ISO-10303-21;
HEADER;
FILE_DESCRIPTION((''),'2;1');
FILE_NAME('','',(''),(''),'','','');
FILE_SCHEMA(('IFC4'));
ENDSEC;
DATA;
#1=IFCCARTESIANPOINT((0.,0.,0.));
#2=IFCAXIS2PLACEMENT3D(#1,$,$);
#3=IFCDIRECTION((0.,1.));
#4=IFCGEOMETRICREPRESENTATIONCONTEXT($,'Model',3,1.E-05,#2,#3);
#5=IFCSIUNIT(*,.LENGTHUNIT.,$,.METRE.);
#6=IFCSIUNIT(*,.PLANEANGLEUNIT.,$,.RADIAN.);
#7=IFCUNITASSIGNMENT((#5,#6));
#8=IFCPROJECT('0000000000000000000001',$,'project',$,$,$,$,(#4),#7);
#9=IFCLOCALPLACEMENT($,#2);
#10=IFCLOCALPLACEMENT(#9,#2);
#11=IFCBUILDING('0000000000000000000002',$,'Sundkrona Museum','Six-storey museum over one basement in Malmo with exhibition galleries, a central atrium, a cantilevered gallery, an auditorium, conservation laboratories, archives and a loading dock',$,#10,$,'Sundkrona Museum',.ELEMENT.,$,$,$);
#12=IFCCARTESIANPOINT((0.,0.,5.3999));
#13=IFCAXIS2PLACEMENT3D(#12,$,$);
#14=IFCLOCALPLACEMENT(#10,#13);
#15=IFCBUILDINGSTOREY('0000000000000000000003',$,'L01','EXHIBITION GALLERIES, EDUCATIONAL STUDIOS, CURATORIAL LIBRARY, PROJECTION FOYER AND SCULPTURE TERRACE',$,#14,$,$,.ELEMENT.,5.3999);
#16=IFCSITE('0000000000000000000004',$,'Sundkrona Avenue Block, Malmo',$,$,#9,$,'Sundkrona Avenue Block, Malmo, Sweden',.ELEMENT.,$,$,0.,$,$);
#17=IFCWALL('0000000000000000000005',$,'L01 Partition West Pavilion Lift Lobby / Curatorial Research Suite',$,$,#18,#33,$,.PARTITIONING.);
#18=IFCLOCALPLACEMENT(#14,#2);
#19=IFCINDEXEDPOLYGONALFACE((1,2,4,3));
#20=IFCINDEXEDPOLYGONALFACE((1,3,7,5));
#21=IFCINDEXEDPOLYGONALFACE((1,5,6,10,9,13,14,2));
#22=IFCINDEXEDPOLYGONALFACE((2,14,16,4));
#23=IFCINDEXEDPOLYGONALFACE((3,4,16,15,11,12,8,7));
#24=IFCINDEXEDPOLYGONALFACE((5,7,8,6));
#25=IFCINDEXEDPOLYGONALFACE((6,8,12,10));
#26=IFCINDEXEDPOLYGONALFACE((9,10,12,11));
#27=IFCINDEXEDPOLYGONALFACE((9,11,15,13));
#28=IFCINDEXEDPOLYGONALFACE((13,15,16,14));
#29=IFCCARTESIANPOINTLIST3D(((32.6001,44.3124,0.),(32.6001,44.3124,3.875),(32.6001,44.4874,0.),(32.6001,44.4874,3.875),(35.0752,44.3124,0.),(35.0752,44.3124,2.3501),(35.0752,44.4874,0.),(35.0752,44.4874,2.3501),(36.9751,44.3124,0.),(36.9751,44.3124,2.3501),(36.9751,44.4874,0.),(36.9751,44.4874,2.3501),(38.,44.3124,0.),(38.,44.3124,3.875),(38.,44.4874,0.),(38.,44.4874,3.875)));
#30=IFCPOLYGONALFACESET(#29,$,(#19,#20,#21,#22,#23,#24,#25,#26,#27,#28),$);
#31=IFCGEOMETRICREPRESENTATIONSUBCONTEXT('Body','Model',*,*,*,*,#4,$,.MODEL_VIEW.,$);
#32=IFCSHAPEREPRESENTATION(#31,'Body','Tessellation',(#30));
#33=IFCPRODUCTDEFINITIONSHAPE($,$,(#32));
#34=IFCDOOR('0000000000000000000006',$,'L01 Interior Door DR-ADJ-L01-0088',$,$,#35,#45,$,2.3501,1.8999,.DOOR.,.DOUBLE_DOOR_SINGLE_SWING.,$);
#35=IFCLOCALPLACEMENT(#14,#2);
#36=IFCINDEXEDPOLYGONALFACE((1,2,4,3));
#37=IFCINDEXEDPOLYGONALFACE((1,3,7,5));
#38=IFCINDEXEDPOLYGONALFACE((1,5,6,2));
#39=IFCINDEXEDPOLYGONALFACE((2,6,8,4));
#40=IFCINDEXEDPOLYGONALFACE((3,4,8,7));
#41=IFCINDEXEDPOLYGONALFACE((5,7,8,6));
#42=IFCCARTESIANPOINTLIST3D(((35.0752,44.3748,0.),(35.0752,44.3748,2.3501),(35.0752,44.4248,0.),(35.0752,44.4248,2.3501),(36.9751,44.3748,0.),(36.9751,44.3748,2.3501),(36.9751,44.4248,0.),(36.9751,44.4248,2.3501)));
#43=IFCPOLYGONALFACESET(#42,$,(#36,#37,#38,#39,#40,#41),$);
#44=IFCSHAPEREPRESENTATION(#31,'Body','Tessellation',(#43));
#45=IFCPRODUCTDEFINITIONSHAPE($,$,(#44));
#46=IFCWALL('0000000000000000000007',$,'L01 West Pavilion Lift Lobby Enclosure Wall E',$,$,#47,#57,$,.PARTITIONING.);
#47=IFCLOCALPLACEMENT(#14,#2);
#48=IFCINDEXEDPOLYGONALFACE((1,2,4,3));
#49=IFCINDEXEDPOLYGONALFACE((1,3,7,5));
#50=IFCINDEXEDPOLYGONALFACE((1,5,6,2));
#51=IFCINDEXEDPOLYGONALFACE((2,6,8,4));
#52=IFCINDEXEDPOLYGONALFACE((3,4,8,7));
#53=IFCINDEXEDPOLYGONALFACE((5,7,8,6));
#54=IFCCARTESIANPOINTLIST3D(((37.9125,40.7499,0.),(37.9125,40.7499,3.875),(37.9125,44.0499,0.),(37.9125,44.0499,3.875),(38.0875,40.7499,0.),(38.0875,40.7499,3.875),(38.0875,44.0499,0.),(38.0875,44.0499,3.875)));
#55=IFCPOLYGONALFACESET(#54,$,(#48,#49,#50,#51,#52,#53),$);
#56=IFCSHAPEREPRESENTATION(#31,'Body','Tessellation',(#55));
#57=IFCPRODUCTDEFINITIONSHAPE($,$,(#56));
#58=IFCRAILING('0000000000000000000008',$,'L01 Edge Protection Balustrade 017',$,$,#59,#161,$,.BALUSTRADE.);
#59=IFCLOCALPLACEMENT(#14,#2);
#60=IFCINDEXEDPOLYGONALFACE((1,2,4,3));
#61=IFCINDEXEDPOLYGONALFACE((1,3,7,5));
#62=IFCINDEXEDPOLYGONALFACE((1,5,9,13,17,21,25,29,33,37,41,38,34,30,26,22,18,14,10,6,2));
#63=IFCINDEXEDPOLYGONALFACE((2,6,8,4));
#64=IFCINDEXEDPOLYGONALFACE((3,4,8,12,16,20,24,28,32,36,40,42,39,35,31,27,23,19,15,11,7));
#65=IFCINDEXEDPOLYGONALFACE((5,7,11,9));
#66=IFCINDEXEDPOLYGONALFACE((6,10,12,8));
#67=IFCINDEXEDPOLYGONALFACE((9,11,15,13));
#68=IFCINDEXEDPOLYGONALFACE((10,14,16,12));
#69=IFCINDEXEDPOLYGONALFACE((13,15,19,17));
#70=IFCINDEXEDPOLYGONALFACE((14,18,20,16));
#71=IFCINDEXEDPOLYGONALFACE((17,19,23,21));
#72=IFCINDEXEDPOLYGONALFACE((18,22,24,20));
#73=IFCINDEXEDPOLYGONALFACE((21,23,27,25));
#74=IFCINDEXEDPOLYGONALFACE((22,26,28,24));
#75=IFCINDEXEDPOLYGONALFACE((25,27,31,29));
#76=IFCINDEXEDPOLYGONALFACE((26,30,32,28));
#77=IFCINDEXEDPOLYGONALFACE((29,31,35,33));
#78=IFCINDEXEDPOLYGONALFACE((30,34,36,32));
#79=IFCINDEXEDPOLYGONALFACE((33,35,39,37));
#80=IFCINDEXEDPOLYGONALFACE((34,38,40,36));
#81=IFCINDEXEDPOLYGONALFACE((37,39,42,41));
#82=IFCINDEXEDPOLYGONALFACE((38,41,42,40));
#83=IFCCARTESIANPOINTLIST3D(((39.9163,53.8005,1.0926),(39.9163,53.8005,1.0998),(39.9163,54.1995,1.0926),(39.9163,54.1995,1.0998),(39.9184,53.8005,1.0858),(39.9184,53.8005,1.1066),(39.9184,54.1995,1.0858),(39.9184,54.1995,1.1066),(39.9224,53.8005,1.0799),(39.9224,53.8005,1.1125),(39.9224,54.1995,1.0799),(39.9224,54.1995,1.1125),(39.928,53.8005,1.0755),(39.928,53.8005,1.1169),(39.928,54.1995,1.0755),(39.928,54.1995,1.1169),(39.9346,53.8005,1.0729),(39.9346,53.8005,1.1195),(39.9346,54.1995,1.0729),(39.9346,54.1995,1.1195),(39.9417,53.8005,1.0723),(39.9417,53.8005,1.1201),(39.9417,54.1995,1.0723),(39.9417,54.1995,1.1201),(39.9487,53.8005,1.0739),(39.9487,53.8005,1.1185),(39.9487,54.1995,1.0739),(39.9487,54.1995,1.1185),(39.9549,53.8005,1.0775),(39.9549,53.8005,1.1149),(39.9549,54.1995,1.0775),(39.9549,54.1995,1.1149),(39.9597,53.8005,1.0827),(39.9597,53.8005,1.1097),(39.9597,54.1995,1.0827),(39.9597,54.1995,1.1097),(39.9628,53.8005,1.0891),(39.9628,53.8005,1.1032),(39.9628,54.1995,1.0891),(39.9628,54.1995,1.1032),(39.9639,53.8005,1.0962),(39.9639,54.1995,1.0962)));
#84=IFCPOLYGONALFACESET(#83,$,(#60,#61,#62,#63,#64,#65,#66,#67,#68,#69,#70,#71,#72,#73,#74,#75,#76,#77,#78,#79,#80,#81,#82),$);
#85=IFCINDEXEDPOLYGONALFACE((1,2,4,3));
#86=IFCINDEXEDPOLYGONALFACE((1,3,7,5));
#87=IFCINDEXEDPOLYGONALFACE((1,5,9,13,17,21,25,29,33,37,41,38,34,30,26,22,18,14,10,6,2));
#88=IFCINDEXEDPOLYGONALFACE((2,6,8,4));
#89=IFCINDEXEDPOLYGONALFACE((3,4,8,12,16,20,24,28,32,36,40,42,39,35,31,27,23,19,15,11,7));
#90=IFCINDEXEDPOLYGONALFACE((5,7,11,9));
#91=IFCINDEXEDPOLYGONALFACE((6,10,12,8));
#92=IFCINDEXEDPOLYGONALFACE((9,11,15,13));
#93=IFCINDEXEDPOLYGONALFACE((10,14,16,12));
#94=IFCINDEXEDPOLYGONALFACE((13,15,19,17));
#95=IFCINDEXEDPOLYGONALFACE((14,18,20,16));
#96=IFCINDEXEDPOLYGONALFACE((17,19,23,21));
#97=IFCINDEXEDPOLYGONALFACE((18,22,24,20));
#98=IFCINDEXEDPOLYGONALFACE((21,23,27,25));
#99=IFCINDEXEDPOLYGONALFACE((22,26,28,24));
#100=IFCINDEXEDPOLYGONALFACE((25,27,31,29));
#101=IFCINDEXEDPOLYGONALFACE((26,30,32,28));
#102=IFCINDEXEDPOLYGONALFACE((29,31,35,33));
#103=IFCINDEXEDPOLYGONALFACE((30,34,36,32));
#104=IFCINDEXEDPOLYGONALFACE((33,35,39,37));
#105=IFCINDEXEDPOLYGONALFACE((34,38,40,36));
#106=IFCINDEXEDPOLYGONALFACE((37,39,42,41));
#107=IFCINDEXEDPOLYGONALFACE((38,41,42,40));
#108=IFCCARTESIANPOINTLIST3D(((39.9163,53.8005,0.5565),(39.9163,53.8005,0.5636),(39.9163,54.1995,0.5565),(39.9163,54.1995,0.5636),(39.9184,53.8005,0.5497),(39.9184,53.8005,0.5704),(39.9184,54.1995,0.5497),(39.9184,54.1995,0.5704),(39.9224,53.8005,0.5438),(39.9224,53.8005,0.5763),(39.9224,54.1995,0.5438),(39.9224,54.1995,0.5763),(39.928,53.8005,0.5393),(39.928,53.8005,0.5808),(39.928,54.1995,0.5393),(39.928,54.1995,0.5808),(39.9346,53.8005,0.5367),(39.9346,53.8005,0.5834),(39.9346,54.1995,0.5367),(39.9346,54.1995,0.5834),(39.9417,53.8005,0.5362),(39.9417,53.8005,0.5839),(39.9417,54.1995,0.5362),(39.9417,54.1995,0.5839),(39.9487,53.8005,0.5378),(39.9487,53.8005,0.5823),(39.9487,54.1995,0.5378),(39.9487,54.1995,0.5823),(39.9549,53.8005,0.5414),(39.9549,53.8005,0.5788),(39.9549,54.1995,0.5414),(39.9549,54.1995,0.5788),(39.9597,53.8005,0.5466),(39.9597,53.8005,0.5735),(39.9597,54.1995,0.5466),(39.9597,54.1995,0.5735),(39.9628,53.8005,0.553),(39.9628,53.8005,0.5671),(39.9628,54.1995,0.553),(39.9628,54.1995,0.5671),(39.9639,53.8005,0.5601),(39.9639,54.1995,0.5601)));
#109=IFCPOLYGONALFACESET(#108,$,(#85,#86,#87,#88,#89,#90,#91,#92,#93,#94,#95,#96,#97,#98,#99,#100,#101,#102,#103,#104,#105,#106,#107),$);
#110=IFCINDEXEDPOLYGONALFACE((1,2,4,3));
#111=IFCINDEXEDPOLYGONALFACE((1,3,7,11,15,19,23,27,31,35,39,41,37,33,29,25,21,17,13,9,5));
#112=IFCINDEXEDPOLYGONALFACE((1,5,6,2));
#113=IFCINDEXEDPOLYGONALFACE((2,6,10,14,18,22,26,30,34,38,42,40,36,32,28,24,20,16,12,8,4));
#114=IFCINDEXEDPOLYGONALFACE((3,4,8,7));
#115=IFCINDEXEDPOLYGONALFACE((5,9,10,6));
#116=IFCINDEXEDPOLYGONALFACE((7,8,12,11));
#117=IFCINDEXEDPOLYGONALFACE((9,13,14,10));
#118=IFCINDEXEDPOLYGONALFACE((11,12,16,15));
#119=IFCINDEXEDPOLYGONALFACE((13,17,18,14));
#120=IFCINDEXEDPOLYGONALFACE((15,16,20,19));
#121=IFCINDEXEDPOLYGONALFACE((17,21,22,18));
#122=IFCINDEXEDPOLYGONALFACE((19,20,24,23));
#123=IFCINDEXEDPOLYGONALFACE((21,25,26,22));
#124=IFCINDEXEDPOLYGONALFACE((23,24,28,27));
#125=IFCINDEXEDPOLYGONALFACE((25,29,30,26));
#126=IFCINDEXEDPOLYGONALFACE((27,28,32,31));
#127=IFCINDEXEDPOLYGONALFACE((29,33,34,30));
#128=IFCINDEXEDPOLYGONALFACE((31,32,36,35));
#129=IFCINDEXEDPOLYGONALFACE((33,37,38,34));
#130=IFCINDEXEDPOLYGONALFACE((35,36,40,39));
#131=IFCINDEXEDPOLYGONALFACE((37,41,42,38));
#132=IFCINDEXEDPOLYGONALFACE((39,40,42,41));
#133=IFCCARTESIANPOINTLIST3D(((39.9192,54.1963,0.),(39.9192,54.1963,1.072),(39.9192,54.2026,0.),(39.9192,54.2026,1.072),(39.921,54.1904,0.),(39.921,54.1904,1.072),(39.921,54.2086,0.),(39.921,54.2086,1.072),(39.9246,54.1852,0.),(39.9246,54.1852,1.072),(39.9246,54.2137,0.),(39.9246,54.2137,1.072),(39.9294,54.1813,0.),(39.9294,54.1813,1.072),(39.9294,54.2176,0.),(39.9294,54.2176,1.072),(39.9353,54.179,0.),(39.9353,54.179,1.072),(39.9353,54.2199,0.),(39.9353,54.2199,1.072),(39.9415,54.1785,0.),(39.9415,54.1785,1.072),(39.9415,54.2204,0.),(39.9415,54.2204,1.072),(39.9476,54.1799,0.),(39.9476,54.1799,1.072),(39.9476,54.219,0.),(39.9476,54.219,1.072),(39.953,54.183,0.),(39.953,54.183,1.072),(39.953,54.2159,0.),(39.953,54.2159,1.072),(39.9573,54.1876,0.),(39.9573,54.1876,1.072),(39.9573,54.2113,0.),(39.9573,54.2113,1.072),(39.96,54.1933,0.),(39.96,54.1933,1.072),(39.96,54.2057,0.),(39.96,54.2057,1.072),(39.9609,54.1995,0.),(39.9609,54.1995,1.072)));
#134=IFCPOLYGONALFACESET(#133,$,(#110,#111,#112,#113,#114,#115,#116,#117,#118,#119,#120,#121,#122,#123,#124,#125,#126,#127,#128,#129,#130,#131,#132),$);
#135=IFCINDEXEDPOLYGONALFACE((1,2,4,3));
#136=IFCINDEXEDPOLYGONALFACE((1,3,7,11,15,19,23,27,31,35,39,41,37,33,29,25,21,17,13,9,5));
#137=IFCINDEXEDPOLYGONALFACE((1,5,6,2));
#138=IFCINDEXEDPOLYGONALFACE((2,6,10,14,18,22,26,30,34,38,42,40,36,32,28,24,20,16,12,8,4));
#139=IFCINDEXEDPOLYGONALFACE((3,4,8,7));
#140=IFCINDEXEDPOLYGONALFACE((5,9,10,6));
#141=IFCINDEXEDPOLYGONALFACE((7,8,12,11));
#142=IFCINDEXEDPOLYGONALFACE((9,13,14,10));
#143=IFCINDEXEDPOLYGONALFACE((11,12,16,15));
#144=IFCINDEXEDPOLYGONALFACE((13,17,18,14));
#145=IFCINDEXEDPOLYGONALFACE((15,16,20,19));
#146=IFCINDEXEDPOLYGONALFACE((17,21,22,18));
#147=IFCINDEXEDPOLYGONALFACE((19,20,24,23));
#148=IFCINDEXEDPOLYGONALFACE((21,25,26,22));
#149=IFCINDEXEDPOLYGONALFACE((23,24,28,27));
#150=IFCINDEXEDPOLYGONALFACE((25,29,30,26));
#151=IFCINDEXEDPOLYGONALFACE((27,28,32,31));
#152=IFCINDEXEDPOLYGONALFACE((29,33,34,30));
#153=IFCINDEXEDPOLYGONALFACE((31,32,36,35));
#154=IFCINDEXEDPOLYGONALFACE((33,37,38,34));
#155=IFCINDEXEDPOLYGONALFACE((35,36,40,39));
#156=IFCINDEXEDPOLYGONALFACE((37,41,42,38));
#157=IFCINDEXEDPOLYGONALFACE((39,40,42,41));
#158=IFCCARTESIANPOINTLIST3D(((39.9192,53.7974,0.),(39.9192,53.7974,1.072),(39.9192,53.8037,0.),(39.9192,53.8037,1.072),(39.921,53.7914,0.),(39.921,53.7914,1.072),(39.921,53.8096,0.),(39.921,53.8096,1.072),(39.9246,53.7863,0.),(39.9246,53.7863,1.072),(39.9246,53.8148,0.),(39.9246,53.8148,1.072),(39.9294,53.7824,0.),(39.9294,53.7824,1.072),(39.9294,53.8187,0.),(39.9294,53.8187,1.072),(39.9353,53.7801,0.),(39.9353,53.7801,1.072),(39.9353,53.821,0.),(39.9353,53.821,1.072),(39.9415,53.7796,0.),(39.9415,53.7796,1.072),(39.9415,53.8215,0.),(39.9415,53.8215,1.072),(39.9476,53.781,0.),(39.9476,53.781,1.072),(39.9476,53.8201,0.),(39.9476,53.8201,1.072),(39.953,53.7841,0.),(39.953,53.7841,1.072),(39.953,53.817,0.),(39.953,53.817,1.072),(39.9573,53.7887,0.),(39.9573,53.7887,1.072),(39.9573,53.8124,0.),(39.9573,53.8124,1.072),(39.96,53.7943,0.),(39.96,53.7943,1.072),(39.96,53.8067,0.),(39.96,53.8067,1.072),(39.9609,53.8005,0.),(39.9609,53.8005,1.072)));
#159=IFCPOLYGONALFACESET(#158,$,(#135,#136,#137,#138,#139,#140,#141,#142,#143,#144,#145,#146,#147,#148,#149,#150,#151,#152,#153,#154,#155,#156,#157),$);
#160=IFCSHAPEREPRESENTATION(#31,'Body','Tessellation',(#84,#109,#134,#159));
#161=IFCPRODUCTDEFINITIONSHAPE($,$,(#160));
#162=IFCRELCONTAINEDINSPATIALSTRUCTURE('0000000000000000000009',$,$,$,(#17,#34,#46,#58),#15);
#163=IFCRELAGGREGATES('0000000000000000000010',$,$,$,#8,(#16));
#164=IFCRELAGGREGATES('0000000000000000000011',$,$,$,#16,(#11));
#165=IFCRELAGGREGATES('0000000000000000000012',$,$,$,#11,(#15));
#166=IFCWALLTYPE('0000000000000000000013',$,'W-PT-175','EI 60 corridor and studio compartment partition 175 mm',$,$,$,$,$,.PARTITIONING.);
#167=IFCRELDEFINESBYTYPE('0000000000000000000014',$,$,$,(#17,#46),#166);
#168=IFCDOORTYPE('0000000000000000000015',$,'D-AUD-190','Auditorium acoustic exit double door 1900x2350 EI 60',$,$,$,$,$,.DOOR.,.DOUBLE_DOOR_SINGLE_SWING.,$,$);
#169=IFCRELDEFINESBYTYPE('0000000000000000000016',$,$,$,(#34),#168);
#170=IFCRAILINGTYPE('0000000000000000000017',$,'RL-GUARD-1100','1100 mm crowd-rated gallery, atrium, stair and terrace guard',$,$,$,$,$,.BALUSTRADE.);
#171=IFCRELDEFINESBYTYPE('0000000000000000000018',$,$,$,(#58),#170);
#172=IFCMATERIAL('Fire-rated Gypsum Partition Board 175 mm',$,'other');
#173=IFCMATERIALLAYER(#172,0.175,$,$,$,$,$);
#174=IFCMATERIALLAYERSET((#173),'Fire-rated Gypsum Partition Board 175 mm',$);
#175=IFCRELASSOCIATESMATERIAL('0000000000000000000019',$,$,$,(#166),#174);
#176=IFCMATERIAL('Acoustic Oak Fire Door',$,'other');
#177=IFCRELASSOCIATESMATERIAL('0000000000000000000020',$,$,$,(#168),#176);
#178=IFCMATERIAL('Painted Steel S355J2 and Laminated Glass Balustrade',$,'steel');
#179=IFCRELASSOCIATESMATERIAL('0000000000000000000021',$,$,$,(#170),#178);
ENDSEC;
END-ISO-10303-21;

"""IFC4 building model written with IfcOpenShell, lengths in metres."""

from ifc_helpers import new_model, si_unit, direction, frame, frame_2d, origin, origin_2d, place, context, subcontext, project, spatial, rectangle, circle, extrude, material, layer, layer_set, type_object, element, fill, save


model = new_model("IFC4")

# Units and contexts
model_context = context("Model", 3, precision=1e-05, world=origin(), true_north=direction((0.0, 1.0)))
body_context = subcontext(model_context, "Body", "Model", "MODEL_VIEW")
ifc_project = project(units=[si_unit("LENGTHUNIT", "METRE"), si_unit("PLANEANGLEUNIT", "RADIAN")], contexts=[model_context])

# Site, building, storey
site_placement = place(None, origin())
site = spatial("IfcSite", under=ifc_project, at=site_placement, Name="Sundkrona Avenue Block, Malmo", LongName="Sundkrona Avenue Block, Malmo, Sweden", CompositionType="ELEMENT", RefElevation=0.0)
building_placement = place(site_placement, origin())
building = spatial("IfcBuilding", under=site, at=building_placement, Name="Sundkrona Museum", Description="Six-storey museum over one basement in Malmo with exhibition galleries, a central atrium, a cantilevered gallery, an auditorium, conservation laboratories, archives and a loading dock", LongName="Sundkrona Museum", CompositionType="ELEMENT")
storey_placement = place(building_placement, frame((0.0, 0.0, 5.3999)))
storey = spatial("IfcBuildingStorey", under=building, at=storey_placement, Name="L01", Description="EXHIBITION GALLERIES, EDUCATIONAL STUDIOS, CURATORIAL LIBRARY, PROJECTION FOYER AND SCULPTURE TERRACE", CompositionType="ELEMENT", Elevation=5.3999)

# Wall, opening, door
ifc_material_1 = material(Name="Fire-rated Gypsum Partition Board 175 mm", Category="other")
ifc_layer_1 = layer(ifc_material_1, 0.175)
ifc_layer_set_1 = layer_set([ifc_layer_1], Name="Fire-rated Gypsum Partition Board 175 mm")
wall_type_1 = type_object("IfcWallType", Name="W-PT-175", Description="EI 60 corridor and studio compartment partition 175 mm", PredefinedType="PARTITIONING", material=ifc_layer_set_1)
wall_1_placement = place(storey_placement, frame((32.6001, 44.3999, 0.0), z_axis=(0.0, 0.0, 1.0), x_axis=(1.0, 0.0, 0.0)))
wall_1 = element("IfcWall", 1, at=wall_1_placement, inside=storey, type_object=wall_type_1, Name="L01 Partition West Pavilion Lift Lobby / Curatorial Research Suite", PredefinedType="PARTITIONING", context=body_context, shape_type="SweptSolid", body=[
    extrude(rectangle(XDim=5.3999, YDim=0.175, at=frame_2d((2.7, 0.0))), origin(), (0.0, 0.0, 1.0), 3.875),
])
opening_1_placement = place(wall_1_placement, frame((2.4751, 0.0, 0.0)))
opening_1 = element("IfcOpeningElement", 2, at=opening_1_placement, cuts=wall_1, PredefinedType="OPENING", context=body_context, shape_type="SweptSolid", body=[
    extrude(rectangle(XDim=1.8999, YDim=2.3501, at=frame_2d((0.95, 1.175))), frame((0.0, 0.0974, 0.0), z_axis=(0.0, -1.0, 0.0), x_axis=(1.0, 0.0, 0.0)), (0.0, 0.0, 1.0), 0.1951),
])
ifc_material_2 = material(Name="Acoustic Oak Fire Door", Category="other")
door_type_1 = type_object("IfcDoorType", Name="D-AUD-190", Description="Auditorium acoustic exit double door 1900x2350 EI 60", OperationType="DOUBLE_DOOR_SINGLE_SWING", PredefinedType="DOOR", material=ifc_material_2)
door_1_placement = place(opening_1_placement, origin())
door_1 = element("IfcDoor", 3, at=door_1_placement, inside=storey, type_object=door_type_1, Name="L01 Interior Door DR-ADJ-L01-0088", OperationType="DOUBLE_DOOR_SINGLE_SWING", OverallHeight=2.3501, OverallWidth=1.8999, PredefinedType="DOOR", context=body_context, shape_type="SweptSolid", body=[
    extrude(rectangle(XDim=1.8999, YDim=2.3501, at=frame_2d((0.95, 1.175))), frame((0.0, 0.0249, 0.0), z_axis=(0.0, -1.0, 0.0), x_axis=(1.0, 0.0, 0.0)), (0.0, 0.0, 1.0), 0.05),
])
fill(opening_1, door_1)

# Wall
wall_2_placement = place(storey_placement, frame((38.0, 40.75, 0.0), z_axis=(0.0, 0.0, 1.0), x_axis=(0.0, 1.0, 0.0)))
element("IfcWall", 4, at=wall_2_placement, inside=storey, type_object=wall_type_1, Name="L01 West Pavilion Lift Lobby Enclosure Wall E", PredefinedType="PARTITIONING", context=body_context, shape_type="SweptSolid", body=[
    extrude(rectangle(XDim=3.3, YDim=0.175, at=frame_2d((1.6499, 0.0))), origin(), (0.0, 0.0, 1.0), 3.875),
])

# Railing
ifc_material_3 = material(Name="Painted Steel S355J2 and Laminated Glass Balustrade", Category="steel")
railing_type_1 = type_object("IfcRailingType", Name="RL-GUARD-1100", Description="1100 mm crowd-rated gallery, atrium, stair and terrace guard", PredefinedType="BALUSTRADE", material=ifc_material_3)
railing_1_placement = place(storey_placement, frame((39.9399, 54.1995, 0.0)))
element("IfcRailing", 5, at=railing_1_placement, inside=storey, type_object=railing_type_1, Name="L01 Edge Protection Balustrade 017", PredefinedType="BALUSTRADE", context=body_context, shape_type="SweptSolid", body=[
    extrude(circle(Radius=0.0239, at=origin_2d()), frame((0.0, 0.0, 1.0962), z_axis=(0.0, -1.0, 0.0), x_axis=(1.0, 0.0, 0.0)), (0.0, 0.0, 1.0), 0.3989),
    extrude(circle(Radius=0.0239, at=origin_2d()), frame((0.0, 0.0, 0.5601), z_axis=(0.0, -1.0, 0.0), x_axis=(1.0, 0.0, 0.0)), (0.0, 0.0, 1.0), 0.3989),
    extrude(circle(Radius=0.021, at=origin_2d()), origin(), (0.0, 0.0, 1.0), 1.072),
    extrude(circle(Radius=0.021, at=origin_2d()), frame((0.0, -0.3989, 0.0)), (0.0, 0.0, 1.0), 1.072),
])

save(model, "model.ifc")
